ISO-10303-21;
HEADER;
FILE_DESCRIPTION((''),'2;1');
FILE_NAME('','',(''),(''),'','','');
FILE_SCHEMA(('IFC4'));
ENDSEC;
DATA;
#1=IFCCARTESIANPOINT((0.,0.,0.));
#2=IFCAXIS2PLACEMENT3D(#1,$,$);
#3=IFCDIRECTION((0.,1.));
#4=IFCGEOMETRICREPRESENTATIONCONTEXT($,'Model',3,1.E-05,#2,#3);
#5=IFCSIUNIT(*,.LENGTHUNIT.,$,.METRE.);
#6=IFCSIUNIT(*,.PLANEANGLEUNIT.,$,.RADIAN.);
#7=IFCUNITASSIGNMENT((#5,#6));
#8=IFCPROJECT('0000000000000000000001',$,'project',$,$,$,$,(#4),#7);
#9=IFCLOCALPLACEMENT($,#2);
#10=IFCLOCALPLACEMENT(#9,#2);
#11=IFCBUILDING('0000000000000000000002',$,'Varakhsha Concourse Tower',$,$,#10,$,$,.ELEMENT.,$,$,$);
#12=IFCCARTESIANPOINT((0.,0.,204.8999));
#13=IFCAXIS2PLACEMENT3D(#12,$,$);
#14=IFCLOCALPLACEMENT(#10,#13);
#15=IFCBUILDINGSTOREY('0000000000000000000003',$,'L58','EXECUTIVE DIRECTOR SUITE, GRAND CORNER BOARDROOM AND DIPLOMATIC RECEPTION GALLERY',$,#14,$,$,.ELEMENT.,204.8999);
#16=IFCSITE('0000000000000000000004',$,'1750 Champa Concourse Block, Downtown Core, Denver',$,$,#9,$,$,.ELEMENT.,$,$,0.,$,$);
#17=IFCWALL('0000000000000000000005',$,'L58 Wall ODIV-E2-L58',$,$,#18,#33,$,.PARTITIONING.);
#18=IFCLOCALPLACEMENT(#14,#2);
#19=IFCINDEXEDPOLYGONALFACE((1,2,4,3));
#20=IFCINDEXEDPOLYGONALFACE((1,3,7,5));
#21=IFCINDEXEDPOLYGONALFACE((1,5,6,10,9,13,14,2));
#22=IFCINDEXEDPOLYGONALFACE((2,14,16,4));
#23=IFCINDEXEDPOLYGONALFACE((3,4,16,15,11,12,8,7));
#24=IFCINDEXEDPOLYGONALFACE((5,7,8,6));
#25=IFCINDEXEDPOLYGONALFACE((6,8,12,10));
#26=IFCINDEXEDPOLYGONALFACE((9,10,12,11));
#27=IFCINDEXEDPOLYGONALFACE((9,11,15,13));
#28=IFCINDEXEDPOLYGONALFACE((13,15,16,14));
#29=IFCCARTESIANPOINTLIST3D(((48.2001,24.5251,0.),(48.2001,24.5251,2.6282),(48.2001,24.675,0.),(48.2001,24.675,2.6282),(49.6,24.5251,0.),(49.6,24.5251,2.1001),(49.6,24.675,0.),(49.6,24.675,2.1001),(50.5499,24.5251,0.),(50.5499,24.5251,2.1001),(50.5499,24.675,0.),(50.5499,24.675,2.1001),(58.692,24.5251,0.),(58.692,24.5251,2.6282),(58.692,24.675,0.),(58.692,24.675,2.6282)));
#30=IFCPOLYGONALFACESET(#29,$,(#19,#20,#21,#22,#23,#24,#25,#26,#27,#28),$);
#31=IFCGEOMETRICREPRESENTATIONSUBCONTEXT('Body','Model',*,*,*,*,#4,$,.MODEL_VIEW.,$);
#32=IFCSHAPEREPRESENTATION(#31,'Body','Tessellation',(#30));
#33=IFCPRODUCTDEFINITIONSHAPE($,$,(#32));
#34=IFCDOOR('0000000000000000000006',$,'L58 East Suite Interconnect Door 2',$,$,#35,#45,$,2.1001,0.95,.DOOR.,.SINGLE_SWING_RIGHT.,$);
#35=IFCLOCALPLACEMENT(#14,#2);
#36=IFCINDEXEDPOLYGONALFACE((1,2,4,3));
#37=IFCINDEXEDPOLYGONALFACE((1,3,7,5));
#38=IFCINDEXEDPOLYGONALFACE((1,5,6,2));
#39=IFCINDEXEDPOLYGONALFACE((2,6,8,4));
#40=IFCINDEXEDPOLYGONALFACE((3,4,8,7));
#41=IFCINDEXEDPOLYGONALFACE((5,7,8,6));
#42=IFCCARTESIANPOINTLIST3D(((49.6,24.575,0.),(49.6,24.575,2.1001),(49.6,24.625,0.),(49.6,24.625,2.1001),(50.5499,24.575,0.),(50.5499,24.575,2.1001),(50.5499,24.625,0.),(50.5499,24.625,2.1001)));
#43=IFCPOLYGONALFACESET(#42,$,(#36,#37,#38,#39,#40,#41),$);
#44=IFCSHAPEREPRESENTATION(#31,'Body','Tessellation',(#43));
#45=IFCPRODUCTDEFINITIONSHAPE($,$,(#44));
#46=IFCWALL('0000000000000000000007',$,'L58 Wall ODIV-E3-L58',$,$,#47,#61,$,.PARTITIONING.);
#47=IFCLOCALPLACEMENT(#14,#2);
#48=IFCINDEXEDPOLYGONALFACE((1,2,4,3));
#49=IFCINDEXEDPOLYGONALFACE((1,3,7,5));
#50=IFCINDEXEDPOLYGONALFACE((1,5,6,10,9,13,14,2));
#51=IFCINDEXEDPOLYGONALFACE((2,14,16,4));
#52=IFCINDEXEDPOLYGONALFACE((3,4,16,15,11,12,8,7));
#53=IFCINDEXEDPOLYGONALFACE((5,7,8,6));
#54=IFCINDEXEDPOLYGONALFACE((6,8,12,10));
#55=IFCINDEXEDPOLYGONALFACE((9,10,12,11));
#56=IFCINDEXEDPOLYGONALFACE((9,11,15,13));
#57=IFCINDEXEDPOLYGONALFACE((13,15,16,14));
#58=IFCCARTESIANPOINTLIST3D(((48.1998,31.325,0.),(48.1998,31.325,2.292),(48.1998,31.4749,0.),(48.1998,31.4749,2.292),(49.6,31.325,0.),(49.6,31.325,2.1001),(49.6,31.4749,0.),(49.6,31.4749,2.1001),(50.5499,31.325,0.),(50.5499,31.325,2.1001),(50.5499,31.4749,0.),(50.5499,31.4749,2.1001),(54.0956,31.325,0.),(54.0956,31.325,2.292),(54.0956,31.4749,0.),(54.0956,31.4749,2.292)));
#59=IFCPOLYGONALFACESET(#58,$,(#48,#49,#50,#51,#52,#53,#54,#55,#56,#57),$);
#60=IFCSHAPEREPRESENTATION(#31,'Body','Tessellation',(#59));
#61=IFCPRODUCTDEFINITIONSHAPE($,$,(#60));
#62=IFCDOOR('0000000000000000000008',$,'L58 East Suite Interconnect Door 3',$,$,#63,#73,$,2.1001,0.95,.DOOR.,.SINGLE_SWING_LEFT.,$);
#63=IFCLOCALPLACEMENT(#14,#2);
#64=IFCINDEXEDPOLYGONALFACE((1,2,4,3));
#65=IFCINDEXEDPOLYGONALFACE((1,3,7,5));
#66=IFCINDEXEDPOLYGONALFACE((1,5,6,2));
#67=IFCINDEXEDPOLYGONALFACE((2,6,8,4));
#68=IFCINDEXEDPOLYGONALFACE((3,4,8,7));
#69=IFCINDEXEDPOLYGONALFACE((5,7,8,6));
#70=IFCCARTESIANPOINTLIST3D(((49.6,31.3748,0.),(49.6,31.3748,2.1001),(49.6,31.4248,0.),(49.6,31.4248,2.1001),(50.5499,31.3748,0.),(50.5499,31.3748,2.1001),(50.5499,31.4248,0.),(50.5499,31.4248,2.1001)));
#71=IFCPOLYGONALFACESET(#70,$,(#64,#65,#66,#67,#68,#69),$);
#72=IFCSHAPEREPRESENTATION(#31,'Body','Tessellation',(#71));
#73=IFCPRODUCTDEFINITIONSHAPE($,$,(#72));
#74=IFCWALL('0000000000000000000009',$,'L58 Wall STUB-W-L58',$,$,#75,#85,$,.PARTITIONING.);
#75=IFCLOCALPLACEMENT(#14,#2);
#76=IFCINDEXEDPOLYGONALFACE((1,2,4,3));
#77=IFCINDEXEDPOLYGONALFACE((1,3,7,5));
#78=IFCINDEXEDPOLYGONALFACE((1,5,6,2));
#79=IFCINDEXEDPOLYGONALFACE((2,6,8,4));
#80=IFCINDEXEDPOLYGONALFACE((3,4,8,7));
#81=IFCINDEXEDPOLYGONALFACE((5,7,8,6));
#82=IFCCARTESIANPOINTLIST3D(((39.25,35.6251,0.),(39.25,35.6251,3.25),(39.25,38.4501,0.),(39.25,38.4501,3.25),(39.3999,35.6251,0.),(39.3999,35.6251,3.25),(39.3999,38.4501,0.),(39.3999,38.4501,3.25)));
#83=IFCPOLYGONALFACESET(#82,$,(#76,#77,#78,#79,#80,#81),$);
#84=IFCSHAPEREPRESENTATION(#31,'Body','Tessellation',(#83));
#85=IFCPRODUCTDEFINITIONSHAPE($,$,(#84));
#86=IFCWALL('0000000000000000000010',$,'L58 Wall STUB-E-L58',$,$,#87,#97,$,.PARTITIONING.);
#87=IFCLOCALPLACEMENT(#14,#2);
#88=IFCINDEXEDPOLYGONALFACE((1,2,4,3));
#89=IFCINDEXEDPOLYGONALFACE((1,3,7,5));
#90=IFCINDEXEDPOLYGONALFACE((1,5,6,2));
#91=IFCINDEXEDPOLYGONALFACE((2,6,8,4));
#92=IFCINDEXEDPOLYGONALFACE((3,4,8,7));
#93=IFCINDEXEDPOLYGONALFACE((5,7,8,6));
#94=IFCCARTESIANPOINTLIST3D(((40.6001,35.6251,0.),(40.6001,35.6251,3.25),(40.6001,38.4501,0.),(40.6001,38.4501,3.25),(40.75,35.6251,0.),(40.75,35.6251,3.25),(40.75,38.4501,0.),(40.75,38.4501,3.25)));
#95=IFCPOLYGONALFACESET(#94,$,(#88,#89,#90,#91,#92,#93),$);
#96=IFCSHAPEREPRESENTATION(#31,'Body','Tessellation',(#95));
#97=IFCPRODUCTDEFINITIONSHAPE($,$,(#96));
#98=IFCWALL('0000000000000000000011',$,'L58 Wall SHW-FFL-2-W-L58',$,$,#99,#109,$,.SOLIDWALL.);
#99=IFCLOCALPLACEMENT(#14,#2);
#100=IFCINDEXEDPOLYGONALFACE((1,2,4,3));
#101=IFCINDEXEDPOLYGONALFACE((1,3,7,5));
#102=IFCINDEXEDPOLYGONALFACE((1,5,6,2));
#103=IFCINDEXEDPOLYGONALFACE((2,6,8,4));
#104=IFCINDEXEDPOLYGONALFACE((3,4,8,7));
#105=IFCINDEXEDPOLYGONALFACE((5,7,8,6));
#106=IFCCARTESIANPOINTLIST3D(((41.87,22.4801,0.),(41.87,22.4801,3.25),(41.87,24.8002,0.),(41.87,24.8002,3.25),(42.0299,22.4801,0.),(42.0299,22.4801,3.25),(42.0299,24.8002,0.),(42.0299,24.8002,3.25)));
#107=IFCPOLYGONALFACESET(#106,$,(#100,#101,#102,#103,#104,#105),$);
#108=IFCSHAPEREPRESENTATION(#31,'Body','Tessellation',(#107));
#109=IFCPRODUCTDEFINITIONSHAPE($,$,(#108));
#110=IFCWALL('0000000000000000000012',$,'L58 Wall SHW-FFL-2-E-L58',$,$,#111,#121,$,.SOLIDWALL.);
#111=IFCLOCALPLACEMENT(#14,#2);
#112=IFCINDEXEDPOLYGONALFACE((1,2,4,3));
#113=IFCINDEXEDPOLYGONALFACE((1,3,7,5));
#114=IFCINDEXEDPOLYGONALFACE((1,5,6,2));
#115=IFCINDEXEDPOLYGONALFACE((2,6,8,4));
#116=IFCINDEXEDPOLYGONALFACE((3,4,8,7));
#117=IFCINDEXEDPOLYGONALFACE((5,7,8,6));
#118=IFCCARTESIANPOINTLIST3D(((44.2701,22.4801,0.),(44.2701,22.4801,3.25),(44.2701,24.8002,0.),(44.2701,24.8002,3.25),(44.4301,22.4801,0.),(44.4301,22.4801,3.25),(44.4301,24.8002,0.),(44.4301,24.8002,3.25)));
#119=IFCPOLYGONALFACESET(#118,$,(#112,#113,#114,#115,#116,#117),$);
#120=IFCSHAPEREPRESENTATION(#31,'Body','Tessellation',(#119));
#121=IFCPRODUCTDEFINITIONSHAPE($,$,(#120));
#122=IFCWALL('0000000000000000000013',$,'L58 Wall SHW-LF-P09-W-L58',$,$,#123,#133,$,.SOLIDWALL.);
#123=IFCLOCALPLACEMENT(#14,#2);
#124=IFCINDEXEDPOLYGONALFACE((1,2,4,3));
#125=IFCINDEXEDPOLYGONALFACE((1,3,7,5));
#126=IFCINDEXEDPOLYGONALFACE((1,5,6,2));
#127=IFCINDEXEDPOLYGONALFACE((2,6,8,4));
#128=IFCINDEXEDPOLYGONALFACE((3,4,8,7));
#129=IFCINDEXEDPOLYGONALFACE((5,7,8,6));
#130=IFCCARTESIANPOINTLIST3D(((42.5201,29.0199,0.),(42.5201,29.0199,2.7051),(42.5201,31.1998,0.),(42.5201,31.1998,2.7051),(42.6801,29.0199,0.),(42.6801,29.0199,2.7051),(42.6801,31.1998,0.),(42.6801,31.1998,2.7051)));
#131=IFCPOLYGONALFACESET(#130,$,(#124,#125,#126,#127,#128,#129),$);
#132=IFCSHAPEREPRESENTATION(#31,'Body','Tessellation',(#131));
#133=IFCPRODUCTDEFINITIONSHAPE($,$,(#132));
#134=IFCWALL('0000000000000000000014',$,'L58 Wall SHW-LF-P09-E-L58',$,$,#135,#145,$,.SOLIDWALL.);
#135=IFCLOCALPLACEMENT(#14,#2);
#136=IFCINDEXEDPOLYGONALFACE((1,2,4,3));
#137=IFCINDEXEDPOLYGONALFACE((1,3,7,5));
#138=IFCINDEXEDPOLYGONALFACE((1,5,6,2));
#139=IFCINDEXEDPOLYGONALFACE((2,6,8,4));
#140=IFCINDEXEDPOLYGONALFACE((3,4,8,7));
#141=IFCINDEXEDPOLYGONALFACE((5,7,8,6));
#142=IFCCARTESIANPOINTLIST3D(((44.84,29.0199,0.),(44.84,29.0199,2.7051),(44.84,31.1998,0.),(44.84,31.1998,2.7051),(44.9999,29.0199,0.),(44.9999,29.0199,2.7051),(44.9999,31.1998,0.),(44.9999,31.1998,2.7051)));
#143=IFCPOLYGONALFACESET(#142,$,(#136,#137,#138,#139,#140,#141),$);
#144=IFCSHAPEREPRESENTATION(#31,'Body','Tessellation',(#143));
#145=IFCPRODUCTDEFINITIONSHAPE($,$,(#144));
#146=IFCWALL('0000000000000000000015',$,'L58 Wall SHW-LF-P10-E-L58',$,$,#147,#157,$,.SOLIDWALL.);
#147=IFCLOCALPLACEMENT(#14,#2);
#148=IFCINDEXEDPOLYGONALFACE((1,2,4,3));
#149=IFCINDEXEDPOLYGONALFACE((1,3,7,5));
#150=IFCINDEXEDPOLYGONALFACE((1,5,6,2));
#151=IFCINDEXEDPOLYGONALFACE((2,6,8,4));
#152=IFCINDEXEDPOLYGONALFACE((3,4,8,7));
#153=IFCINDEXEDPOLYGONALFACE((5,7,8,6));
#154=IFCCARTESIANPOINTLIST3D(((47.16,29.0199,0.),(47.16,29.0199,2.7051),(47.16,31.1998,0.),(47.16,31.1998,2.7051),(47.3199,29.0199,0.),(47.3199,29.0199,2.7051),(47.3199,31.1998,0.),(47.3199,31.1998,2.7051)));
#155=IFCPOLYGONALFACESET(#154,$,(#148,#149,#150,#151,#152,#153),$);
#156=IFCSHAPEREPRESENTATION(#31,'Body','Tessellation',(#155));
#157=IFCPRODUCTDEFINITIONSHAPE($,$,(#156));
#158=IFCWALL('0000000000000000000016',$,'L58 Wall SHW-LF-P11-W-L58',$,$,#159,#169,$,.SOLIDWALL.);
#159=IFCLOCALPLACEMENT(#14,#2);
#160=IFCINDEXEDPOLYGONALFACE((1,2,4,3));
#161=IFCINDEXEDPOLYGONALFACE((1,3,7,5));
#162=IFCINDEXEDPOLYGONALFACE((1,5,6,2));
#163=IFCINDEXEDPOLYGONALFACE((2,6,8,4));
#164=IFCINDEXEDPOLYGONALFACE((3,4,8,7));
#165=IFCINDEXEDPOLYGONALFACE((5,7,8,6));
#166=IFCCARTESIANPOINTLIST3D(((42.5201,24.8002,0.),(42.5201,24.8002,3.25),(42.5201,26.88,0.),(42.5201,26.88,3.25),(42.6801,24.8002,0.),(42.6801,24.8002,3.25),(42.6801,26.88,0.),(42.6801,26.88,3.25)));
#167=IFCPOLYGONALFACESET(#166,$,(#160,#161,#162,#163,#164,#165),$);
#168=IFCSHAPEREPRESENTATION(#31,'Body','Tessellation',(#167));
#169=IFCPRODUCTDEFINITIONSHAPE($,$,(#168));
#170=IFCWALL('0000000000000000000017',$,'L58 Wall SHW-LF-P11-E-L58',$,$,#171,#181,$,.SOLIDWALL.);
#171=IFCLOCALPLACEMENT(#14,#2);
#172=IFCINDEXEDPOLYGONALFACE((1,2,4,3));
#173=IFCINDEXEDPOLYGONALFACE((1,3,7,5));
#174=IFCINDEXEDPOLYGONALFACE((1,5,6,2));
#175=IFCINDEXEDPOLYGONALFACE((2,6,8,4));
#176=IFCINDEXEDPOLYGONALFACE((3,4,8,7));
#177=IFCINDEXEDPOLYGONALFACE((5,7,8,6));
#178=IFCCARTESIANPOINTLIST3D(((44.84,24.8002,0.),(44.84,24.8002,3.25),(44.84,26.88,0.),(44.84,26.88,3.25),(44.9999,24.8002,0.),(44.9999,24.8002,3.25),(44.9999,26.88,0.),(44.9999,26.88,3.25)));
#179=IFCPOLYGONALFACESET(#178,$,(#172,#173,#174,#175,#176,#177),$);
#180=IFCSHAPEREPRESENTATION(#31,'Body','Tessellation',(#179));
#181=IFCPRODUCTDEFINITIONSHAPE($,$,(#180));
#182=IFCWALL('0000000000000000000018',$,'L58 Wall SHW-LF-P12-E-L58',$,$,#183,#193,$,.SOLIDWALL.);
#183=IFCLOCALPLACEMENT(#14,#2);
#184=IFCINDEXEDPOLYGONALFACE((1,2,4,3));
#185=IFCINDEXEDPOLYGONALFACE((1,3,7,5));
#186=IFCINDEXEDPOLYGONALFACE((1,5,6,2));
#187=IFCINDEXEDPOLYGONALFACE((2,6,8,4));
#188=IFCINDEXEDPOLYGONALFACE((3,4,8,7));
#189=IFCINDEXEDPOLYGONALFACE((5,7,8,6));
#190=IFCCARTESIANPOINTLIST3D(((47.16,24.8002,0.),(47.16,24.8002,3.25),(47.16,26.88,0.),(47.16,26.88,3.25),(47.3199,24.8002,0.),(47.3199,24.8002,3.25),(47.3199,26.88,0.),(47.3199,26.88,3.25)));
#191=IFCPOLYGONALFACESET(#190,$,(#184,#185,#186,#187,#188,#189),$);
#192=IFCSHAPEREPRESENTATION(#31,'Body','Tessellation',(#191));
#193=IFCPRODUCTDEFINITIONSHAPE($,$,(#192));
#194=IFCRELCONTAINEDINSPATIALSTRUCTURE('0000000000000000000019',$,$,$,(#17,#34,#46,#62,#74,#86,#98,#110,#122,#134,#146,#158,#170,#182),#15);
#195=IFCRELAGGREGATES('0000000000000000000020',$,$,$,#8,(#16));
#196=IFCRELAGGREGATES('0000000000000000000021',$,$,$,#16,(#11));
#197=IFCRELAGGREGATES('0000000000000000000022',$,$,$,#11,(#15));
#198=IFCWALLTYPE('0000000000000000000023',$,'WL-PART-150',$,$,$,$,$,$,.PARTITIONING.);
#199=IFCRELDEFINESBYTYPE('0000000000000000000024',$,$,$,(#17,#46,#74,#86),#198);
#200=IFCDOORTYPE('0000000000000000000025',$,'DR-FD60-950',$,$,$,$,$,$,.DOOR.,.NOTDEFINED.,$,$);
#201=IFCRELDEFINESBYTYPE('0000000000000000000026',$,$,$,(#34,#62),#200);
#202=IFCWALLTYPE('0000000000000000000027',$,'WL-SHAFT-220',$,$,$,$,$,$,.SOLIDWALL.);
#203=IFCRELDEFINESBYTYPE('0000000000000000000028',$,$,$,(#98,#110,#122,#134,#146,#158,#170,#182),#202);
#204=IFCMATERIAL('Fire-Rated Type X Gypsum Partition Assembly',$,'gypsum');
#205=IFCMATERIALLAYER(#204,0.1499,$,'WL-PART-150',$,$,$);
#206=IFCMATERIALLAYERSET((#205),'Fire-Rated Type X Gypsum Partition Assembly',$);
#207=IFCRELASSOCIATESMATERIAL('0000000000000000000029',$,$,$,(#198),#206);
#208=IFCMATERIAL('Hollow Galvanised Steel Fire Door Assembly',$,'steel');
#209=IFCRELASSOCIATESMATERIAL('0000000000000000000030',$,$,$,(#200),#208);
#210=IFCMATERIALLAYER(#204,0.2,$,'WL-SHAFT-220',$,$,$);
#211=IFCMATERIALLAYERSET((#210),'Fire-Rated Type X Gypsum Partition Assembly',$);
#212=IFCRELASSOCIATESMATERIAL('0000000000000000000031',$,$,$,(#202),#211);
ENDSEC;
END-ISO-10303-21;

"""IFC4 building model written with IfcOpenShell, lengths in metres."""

from ifc_helpers import new_model, si_unit, direction, frame, frame_2d, origin, place, context, subcontext, project, spatial, rectangle, extrude, material, layer, layer_set, type_object, element, fill, save


model = new_model("IFC4")

# Units and contexts
model_context = context("Model", 3, precision=1e-05, world=origin(), true_north=direction((0.0, 1.0)))
body_context = subcontext(model_context, "Body", "Model", "MODEL_VIEW")
ifc_project = project(units=[si_unit("LENGTHUNIT", "METRE"), si_unit("PLANEANGLEUNIT", "RADIAN")], contexts=[model_context])

# Site, building, storey
site_placement = place(None, origin())
site = spatial("IfcSite", under=ifc_project, at=site_placement, Name="1750 Champa Concourse Block, Downtown Core, Denver", CompositionType="ELEMENT", RefElevation=0.0)
building_placement = place(site_placement, origin())
building = spatial("IfcBuilding", under=site, at=building_placement, Name="Varakhsha Concourse Tower", CompositionType="ELEMENT")
storey_placement = place(building_placement, frame((0.0, 0.0, 204.8999)))
storey = spatial("IfcBuildingStorey", under=building, at=storey_placement, Name="L58", Description="EXECUTIVE DIRECTOR SUITE, GRAND CORNER BOARDROOM AND DIPLOMATIC RECEPTION GALLERY", CompositionType="ELEMENT", Elevation=204.8999)

# Shared definitions
ifc_material_1 = material(Name="Fire-Rated Type X Gypsum Partition Assembly", Category="gypsum")
ifc_layer_1 = layer(ifc_material_1, 0.1499, Name="WL-PART-150")
ifc_layer_set_1 = layer_set([ifc_layer_1], Name="Fire-Rated Type X Gypsum Partition Assembly")
wall_type_1 = type_object("IfcWallType", Name="WL-PART-150", PredefinedType="PARTITIONING", material=ifc_layer_set_1)

# Shared definitions
ifc_material_2 = material(Name="Hollow Galvanised Steel Fire Door Assembly", Category="steel")
door_type = type_object("IfcDoorType", Name="DR-FD60-950", OperationType="NOTDEFINED", PredefinedType="DOOR", material=ifc_material_2)

# Walls, openings, doors
wall_1_placement = place(storey_placement, frame((48.2, 24.6001, 0.0), z_axis=(0.0, 0.0, 1.0), x_axis=(1.0, 0.0, 0.0)))
wall_1 = element("IfcWall", 1, at=wall_1_placement, inside=storey, type_object=wall_type_1, Name="L58 Wall ODIV-E2-L58", PredefinedType="PARTITIONING", context=body_context, shape_type="SweptSolid", body=[
    extrude(rectangle(XDim=10.4919, YDim=0.1499, at=frame_2d((5.2461, 0.0))), origin(), (0.0, 0.0, 1.0), 2.6282),
])
opening_1_placement = place(wall_1_placement, frame((1.3999, 0.0, 0.0)))
opening_1 = element("IfcOpeningElement", 2, at=opening_1_placement, cuts=wall_1, PredefinedType="OPENING", context=body_context, shape_type="SweptSolid", body=[
    extrude(rectangle(XDim=0.95, YDim=2.1001, at=frame_2d((0.4751, 1.05))), frame((0.0, 0.085, 0.0), z_axis=(0.0, -1.0, 0.0), x_axis=(1.0, 0.0, 0.0)), (0.0, 0.0, 1.0), 0.1699),
])
door_1_placement = place(opening_1_placement, origin())
door_1 = element("IfcDoor", 3, at=door_1_placement, inside=storey, type_object=door_type, Name="L58 East Suite Interconnect Door 2", OperationType="SINGLE_SWING_RIGHT", OverallHeight=2.1001, OverallWidth=0.95, PredefinedType="DOOR", context=body_context, shape_type="SweptSolid", body=[
    extrude(rectangle(XDim=0.95, YDim=2.1001, at=frame_2d((0.4751, 1.05))), frame((0.0, 0.0249, 0.0), z_axis=(0.0, -1.0, 0.0), x_axis=(1.0, 0.0, 0.0)), (0.0, 0.0, 1.0), 0.05),
])
fill(opening_1, door_1)
wall_2_placement = place(storey_placement, frame((48.2, 31.3999, 0.0), z_axis=(0.0, 0.0, 1.0), x_axis=(1.0, 0.0, 0.0)))
wall_2 = element("IfcWall", 4, at=wall_2_placement, inside=storey, type_object=wall_type_1, Name="L58 Wall ODIV-E3-L58", PredefinedType="PARTITIONING", context=body_context, shape_type="SweptSolid", body=[
    extrude(rectangle(XDim=5.8958, YDim=0.1499, at=frame_2d((2.9478, 0.0))), origin(), (0.0, 0.0, 1.0), 2.292),
])
opening_2_placement = place(wall_2_placement, frame((1.3999, 0.0, 0.0)))
opening_2 = element("IfcOpeningElement", 5, at=opening_2_placement, cuts=wall_2, PredefinedType="OPENING", context=body_context, shape_type="SweptSolid", body=[
    extrude(rectangle(XDim=0.95, YDim=2.1001, at=frame_2d((0.4751, 1.05))), frame((0.0, 0.085, 0.0), z_axis=(0.0, -1.0, 0.0), x_axis=(1.0, 0.0, 0.0)), (0.0, 0.0, 1.0), 0.1699),
])
door_2_placement = place(opening_2_placement, origin())
door_2 = element("IfcDoor", 6, at=door_2_placement, inside=storey, type_object=door_type, Name="L58 East Suite Interconnect Door 3", OperationType="SINGLE_SWING_LEFT", OverallHeight=2.1001, OverallWidth=0.95, PredefinedType="DOOR", context=body_context, shape_type="SweptSolid", body=[
    extrude(rectangle(XDim=0.95, YDim=2.1001, at=frame_2d((0.4751, 1.05))), frame((0.0, 0.0249, 0.0), z_axis=(0.0, -1.0, 0.0), x_axis=(1.0, 0.0, 0.0)), (0.0, 0.0, 1.0), 0.05),
])
fill(opening_2, door_2)

# Walls
for number, where, z_axis, x_axis, name in (
    (7, (39.325, 35.625, 0.0), (0.0, 0.0, 1.0), (0.0, 1.0, 0.0), "L58 Wall STUB-W-L58"),
    (8, (40.675, 35.625, 0.0), (0.0, 0.0, 1.0), (0.0, 1.0, 0.0), "L58 Wall STUB-E-L58"),
):
    element("IfcWall", number, at=place(storey_placement, frame(where, z_axis=z_axis, x_axis=x_axis)), inside=storey, type_object=wall_type_1, Name=name, PredefinedType="PARTITIONING", context=body_context, shape_type="SweptSolid", body=[
        extrude(rectangle(XDim=2.825, YDim=0.1499, at=frame_2d((1.4126, 0.0))), origin(), (0.0, 0.0, 1.0), 3.25),
    ])
ifc_layer_2 = layer(ifc_material_1, 0.2, Name="WL-SHAFT-220")
ifc_layer_set_2 = layer_set([ifc_layer_2], Name="Fire-Rated Type X Gypsum Partition Assembly")
wall_type_2 = type_object("IfcWallType", Name="WL-SHAFT-220", PredefinedType="SOLIDWALL", material=ifc_layer_set_2)
for number, where, z_axis, x_axis, name in (
    (9, (41.95, 22.48, 0.0), (0.0, 0.0, 1.0), (0.0, 1.0, 0.0), "L58 Wall SHW-FFL-2-W-L58"),
    (10, (44.3501, 22.48, 0.0), (0.0, 0.0, 1.0), (0.0, 1.0, 0.0), "L58 Wall SHW-FFL-2-E-L58"),
):
    element("IfcWall", number, at=place(storey_placement, frame(where, z_axis=z_axis, x_axis=x_axis)), inside=storey, type_object=wall_type_2, Name=name, PredefinedType="SOLIDWALL", context=body_context, shape_type="SweptSolid", body=[
        extrude(rectangle(XDim=2.3201, YDim=0.1599, at=frame_2d((1.1602, 0.0))), origin(), (0.0, 0.0, 1.0), 3.25),
    ])
for number, where, z_axis, x_axis, name in (
    (11, (42.6001, 29.02, 0.0), (0.0, 0.0, 1.0), (0.0, 1.0, 0.0), "L58 Wall SHW-LF-P09-W-L58"),
    (12, (44.9199, 29.02, 0.0), (0.0, 0.0, 1.0), (0.0, 1.0, 0.0), "L58 Wall SHW-LF-P09-E-L58"),
    (13, (47.24, 29.02, 0.0), (0.0, 0.0, 1.0), (0.0, 1.0, 0.0), "L58 Wall SHW-LF-P10-E-L58"),
):
    element("IfcWall", number, at=place(storey_placement, frame(where, z_axis=z_axis, x_axis=x_axis)), inside=storey, type_object=wall_type_2, Name=name, PredefinedType="SOLIDWALL", context=body_context, shape_type="SweptSolid", body=[
        extrude(rectangle(XDim=2.1799, YDim=0.1599, at=frame_2d((1.0898, 0.0))), origin(), (0.0, 0.0, 1.0), 2.7051),
    ])
for number, where, z_axis, x_axis, name in (
    (14, (42.6001, 24.8, 0.0), (0.0, 0.0, 1.0), (0.0, 1.0, 0.0), "L58 Wall SHW-LF-P11-W-L58"),
    (15, (44.9199, 24.8, 0.0), (0.0, 0.0, 1.0), (0.0, 1.0, 0.0), "L58 Wall SHW-LF-P11-E-L58"),
    (16, (47.24, 24.8, 0.0), (0.0, 0.0, 1.0), (0.0, 1.0, 0.0), "L58 Wall SHW-LF-P12-E-L58"),
):
    element("IfcWall", number, at=place(storey_placement, frame(where, z_axis=z_axis, x_axis=x_axis)), inside=storey, type_object=wall_type_2, Name=name, PredefinedType="SOLIDWALL", context=body_context, shape_type="SweptSolid", body=[
        extrude(rectangle(XDim=2.0798, YDim=0.1599, at=frame_2d((1.04, 0.0))), origin(), (0.0, 0.0, 1.0), 3.25),
    ])

save(model, "model.ifc")
